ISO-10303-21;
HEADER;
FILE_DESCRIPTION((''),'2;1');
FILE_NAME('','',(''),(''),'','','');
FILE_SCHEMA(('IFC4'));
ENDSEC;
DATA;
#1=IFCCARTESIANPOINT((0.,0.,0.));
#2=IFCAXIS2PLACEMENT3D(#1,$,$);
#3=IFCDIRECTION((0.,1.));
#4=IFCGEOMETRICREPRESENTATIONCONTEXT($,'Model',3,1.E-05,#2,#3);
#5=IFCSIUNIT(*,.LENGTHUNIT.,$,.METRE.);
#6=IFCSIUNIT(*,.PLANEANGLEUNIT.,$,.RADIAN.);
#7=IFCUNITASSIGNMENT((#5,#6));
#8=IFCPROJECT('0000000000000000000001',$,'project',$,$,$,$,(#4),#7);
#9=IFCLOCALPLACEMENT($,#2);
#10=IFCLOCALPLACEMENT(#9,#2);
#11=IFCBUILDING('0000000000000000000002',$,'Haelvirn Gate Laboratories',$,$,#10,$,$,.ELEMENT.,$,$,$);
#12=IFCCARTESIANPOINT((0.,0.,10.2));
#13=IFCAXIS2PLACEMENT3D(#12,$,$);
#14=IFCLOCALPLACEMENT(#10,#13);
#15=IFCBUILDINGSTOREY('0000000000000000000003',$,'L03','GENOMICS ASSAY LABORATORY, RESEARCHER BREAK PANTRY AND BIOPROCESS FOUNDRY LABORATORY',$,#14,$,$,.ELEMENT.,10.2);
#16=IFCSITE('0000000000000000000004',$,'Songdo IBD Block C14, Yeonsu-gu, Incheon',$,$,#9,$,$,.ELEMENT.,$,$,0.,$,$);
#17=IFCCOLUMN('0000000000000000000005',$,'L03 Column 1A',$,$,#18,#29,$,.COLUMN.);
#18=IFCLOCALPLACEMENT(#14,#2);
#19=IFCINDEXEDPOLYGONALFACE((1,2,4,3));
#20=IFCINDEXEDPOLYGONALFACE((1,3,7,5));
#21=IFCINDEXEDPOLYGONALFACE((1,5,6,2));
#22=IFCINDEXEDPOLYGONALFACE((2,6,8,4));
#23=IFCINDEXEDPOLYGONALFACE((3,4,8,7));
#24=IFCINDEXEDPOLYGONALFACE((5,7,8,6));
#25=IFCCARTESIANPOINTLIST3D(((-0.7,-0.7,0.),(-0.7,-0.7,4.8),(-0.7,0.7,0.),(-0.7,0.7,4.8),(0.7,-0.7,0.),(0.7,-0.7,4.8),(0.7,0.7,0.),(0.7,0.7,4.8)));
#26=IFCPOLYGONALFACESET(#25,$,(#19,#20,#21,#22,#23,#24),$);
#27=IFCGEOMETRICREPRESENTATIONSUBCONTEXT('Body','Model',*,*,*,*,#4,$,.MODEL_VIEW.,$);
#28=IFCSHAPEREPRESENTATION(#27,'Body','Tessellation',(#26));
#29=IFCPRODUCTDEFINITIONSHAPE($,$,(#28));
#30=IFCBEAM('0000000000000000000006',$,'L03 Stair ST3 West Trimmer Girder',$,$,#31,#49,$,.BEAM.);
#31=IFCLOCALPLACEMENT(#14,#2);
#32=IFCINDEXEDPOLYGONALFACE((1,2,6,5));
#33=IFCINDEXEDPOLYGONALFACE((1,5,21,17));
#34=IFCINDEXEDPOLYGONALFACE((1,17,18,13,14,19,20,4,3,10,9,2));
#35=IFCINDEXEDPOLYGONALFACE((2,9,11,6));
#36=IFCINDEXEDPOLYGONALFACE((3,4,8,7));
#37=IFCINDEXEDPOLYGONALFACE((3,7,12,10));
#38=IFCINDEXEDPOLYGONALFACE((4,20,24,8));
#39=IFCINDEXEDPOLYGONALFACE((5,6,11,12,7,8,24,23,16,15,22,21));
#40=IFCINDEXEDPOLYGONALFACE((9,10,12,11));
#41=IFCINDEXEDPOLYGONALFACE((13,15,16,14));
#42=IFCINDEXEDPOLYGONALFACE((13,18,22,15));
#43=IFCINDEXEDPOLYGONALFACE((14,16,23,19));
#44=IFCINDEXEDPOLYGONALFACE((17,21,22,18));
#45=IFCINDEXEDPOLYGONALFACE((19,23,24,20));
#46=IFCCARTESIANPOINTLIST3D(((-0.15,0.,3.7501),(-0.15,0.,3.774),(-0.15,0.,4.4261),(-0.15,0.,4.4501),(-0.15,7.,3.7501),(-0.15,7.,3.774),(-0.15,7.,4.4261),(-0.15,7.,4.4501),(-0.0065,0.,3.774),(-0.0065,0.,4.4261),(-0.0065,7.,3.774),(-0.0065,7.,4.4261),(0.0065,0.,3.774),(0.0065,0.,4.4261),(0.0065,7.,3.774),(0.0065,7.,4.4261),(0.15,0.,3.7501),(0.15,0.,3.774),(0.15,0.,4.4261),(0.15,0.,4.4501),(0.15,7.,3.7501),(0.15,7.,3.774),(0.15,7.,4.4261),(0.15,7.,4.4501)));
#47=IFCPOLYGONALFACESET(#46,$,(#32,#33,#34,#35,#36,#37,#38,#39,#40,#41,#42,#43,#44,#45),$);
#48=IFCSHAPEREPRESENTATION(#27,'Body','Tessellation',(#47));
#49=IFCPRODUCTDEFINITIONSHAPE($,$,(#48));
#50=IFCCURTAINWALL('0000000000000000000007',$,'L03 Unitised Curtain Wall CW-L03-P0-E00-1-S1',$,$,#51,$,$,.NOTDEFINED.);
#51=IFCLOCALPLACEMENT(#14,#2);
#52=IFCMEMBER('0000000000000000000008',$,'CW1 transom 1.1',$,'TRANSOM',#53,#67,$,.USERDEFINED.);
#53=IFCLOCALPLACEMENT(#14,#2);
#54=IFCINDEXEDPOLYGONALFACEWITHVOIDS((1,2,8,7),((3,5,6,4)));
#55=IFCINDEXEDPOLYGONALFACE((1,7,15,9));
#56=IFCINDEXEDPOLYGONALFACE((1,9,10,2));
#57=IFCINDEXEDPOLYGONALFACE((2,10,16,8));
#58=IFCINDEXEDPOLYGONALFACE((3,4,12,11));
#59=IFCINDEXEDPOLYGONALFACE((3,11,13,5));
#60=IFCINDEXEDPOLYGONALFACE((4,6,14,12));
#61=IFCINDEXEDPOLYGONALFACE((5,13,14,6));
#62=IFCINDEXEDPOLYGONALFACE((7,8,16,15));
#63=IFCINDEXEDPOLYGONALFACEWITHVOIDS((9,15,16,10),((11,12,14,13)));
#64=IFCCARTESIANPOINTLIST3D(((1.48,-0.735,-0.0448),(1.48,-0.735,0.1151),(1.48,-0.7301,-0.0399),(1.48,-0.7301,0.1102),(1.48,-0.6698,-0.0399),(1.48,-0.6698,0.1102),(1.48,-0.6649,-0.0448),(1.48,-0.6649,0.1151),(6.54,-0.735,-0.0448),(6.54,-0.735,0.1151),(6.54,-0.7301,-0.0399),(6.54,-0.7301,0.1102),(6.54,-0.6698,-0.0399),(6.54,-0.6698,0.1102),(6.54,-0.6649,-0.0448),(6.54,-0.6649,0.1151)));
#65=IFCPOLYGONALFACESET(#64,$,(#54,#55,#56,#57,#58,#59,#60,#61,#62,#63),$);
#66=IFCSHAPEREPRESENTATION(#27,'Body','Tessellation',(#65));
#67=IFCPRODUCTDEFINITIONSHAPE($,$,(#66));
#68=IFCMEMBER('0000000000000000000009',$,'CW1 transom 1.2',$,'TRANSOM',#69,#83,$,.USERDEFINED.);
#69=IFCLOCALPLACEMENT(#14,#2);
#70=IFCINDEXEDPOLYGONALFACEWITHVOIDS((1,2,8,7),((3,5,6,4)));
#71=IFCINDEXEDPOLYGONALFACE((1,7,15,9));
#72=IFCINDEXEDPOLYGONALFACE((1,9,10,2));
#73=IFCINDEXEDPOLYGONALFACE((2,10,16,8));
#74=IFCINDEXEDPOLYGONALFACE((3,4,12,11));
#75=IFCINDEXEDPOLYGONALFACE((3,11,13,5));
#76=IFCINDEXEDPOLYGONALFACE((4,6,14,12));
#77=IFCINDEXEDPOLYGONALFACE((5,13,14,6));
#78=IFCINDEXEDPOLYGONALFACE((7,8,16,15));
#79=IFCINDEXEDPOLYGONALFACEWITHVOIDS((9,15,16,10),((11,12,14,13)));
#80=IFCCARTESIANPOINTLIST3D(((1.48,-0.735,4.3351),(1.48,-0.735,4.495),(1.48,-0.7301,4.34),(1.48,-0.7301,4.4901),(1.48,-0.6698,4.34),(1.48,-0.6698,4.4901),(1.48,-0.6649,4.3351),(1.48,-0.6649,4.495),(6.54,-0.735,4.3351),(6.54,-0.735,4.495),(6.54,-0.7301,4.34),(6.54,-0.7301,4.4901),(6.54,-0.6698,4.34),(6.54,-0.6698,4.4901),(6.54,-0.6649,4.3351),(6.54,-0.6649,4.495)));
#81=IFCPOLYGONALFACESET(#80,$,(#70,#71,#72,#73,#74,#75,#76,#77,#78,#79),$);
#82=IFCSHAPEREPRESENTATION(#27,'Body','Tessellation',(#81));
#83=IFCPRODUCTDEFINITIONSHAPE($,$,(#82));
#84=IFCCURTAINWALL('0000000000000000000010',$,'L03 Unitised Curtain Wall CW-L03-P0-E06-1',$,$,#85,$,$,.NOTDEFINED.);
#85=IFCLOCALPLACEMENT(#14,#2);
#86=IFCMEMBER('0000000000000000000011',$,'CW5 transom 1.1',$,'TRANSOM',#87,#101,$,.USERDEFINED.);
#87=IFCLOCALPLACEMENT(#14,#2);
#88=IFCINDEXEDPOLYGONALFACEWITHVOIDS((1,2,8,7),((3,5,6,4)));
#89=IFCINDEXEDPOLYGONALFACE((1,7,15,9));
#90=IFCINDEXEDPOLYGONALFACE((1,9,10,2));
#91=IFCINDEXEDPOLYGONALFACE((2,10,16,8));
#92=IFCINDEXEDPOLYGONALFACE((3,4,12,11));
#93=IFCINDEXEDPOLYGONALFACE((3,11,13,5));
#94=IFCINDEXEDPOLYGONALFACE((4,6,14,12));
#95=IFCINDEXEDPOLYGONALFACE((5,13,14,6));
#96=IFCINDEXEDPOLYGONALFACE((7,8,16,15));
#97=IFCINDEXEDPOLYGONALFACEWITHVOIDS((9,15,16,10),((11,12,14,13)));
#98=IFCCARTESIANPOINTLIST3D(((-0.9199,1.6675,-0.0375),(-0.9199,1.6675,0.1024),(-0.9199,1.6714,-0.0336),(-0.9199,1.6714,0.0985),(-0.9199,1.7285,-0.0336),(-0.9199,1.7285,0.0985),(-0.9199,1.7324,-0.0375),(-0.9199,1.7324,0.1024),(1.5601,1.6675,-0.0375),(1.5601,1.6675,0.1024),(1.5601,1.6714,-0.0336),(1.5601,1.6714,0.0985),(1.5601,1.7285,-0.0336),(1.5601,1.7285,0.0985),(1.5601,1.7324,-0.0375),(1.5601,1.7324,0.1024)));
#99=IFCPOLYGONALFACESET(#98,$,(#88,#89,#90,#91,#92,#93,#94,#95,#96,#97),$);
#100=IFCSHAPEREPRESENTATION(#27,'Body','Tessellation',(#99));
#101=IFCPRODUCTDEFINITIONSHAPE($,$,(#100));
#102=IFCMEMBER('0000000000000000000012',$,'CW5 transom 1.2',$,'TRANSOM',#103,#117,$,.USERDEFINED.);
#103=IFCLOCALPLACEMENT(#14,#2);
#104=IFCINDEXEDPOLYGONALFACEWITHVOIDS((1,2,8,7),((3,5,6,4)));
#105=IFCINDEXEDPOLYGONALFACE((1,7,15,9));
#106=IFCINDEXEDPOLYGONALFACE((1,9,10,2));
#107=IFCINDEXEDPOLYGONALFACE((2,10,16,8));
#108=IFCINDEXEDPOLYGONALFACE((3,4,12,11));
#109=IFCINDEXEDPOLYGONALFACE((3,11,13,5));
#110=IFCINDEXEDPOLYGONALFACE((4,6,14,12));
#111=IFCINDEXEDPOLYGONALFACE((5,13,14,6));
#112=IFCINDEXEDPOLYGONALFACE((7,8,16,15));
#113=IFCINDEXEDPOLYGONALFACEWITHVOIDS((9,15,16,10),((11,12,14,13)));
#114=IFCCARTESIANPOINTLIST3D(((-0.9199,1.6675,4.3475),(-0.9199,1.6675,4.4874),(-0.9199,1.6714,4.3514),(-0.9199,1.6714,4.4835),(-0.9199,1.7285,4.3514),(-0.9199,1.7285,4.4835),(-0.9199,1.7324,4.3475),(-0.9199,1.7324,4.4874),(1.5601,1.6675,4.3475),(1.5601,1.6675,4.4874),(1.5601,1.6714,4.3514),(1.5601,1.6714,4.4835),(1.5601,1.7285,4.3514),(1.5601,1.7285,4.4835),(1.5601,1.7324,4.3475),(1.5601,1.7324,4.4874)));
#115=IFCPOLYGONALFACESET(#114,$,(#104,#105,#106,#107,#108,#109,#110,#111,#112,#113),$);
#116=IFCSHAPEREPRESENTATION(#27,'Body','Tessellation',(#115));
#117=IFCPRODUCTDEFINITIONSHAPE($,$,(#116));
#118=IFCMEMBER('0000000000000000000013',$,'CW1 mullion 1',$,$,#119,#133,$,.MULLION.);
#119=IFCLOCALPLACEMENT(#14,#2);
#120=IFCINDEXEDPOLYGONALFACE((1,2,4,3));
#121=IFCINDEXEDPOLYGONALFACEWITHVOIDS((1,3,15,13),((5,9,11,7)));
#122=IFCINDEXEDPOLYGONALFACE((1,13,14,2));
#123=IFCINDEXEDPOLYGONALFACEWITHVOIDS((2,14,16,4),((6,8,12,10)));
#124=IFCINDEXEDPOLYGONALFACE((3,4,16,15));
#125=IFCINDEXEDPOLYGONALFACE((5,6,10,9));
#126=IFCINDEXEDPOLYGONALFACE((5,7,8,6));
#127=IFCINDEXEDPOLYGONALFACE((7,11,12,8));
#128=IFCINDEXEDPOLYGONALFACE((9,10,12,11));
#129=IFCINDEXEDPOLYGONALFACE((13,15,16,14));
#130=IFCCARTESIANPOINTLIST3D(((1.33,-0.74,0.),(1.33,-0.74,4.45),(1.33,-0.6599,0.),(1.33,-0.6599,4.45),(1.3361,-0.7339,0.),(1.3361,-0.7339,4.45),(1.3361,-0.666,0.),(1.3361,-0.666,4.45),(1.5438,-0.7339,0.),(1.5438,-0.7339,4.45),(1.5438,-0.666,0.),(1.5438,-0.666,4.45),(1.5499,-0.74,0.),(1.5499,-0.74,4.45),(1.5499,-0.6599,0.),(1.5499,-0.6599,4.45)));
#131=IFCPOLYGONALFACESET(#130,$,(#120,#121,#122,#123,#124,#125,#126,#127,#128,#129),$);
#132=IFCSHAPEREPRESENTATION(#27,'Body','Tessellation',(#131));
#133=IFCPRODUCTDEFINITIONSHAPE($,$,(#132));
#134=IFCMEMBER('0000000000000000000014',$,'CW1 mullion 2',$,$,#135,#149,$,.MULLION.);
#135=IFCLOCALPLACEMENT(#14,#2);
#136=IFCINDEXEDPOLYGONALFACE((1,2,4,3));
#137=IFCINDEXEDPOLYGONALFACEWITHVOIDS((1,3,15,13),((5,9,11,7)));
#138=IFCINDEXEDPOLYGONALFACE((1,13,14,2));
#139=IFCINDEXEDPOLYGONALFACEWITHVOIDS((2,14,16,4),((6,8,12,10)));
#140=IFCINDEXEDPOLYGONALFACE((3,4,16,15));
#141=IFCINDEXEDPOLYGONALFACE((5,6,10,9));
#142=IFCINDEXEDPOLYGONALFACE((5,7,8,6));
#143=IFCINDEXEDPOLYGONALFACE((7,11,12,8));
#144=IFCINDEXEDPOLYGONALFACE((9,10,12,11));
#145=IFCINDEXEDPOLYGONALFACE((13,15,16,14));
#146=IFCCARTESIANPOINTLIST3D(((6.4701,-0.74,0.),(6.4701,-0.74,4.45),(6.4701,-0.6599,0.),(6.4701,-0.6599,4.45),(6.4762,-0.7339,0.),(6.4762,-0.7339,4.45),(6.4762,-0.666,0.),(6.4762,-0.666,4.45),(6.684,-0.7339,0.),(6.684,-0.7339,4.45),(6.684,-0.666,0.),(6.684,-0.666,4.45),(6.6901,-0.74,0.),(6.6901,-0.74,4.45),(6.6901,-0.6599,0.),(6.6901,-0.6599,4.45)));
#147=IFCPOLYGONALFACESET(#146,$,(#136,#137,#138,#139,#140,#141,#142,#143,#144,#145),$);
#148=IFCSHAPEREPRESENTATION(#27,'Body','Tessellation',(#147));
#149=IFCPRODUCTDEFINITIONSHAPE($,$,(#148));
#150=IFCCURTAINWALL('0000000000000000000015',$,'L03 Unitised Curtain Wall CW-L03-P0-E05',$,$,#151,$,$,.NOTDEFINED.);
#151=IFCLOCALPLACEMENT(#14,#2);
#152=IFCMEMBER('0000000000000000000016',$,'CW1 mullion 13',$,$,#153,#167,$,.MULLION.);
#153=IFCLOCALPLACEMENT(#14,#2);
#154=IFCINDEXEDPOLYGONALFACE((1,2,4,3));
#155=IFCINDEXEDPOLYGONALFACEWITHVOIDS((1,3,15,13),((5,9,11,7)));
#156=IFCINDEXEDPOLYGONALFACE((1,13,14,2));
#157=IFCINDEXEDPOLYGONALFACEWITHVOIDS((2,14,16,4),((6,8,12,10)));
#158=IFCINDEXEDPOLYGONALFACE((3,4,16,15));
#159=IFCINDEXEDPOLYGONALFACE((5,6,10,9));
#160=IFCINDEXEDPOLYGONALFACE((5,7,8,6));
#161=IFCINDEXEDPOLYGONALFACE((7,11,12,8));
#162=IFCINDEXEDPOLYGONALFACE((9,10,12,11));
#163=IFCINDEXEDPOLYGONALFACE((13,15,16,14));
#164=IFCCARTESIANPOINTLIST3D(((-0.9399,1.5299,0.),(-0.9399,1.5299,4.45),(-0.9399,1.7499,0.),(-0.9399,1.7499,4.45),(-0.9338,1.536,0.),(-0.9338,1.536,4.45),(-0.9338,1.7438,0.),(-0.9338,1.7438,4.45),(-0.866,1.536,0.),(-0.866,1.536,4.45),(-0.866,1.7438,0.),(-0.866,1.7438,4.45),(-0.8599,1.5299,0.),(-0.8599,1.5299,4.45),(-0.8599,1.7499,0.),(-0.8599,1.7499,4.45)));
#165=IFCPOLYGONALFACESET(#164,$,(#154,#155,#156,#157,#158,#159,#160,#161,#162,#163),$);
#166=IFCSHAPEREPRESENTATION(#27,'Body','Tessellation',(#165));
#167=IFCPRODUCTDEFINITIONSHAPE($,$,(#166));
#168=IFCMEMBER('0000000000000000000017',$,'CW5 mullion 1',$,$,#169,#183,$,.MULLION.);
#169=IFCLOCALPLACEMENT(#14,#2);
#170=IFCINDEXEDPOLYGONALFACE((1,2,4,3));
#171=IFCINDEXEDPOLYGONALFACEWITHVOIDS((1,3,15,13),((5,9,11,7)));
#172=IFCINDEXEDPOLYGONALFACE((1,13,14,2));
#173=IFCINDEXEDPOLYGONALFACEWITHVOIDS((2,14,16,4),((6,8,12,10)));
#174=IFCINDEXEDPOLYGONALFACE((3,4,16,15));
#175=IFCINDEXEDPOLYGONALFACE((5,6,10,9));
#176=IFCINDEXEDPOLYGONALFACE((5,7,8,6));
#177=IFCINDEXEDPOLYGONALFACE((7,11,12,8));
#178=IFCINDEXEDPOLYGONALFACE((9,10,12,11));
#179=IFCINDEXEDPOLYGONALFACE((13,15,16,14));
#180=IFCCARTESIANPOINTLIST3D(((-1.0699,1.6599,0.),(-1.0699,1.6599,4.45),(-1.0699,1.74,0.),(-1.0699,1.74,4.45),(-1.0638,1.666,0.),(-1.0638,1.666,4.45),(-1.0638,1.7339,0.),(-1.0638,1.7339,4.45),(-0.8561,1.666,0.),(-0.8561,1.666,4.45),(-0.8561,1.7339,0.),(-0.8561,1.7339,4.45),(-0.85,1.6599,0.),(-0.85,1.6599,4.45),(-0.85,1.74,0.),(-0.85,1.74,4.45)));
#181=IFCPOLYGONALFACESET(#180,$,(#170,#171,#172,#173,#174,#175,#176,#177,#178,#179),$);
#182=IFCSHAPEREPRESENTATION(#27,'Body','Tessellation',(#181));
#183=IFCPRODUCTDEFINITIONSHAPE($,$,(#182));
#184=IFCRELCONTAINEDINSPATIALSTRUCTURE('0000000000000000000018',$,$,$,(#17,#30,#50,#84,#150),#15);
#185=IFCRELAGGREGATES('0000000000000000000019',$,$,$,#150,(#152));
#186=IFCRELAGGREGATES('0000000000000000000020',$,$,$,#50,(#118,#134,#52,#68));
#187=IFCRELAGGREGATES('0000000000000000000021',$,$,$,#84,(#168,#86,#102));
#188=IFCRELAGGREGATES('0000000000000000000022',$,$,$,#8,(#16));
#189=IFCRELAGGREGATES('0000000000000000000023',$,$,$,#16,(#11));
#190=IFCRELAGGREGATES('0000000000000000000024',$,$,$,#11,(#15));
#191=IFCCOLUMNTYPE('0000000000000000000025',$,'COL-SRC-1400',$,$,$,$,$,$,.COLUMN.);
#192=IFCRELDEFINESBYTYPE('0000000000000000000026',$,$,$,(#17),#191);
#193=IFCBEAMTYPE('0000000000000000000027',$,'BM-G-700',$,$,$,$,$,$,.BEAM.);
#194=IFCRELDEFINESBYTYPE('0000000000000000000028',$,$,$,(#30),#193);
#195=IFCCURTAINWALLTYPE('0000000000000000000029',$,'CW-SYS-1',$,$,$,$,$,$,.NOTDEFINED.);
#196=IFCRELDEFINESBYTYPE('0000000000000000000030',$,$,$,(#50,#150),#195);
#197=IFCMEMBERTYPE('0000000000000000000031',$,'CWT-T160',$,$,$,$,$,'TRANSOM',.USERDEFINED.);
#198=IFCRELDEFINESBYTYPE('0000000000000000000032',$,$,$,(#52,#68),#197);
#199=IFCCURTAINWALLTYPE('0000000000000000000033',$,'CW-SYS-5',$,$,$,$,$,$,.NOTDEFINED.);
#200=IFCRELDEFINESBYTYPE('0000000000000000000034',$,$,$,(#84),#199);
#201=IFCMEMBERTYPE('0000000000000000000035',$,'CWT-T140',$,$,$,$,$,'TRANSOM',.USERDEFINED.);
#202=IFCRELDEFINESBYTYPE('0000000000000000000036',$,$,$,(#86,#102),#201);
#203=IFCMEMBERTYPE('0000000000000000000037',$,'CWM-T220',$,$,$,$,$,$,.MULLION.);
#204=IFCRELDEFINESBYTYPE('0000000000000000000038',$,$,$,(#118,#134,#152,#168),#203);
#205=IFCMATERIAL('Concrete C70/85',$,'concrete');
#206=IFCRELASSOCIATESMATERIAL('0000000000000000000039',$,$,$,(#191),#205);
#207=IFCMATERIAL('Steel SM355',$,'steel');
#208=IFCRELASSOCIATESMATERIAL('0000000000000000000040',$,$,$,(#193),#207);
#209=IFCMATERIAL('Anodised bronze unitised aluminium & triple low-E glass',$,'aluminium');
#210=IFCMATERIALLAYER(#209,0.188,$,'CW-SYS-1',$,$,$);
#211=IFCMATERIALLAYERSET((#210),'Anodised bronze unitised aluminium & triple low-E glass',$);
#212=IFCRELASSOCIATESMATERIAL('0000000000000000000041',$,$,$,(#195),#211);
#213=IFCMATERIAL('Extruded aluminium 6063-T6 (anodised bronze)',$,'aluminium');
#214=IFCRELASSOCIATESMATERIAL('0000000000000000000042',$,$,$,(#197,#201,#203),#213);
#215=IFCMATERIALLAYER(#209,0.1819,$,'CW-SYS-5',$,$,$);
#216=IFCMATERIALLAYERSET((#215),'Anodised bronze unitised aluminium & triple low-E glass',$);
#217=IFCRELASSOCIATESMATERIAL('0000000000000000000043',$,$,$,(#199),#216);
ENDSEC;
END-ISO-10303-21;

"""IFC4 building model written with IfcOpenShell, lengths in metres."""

from ifc_helpers import new_model, si_unit, direction, frame, origin, origin_with_axes, origin_2d, place, context, subcontext, project, spatial, rectangle, hollow_rectangle, i_section, extrude, source, transform, mapped, material, layer, layer_set, material_profile, profile_set, type_object, type_shapes, element, aggregate, save


model = new_model("IFC4")

# Units and contexts
model_context = context("Model", 3, precision=1e-05, world=origin(), true_north=direction((0.0, 1.0)))
body_context = subcontext(model_context, "Body", "Model", "MODEL_VIEW")
ifc_project = project(units=[si_unit("LENGTHUNIT", "METRE"), si_unit("PLANEANGLEUNIT", "RADIAN")], contexts=[model_context])

# Site, building, storey
site_placement = place(None, origin())
site = spatial("IfcSite", under=ifc_project, at=site_placement, Name="Songdo IBD Block C14, Yeonsu-gu, Incheon", CompositionType="ELEMENT", RefElevation=0.0)
building_placement = place(site_placement, origin())
building = spatial("IfcBuilding", under=site, at=building_placement, Name="Haelvirn Gate Laboratories", CompositionType="ELEMENT")
storey_placement = place(building_placement, frame((0.0, 0.0, 10.2)))
storey = spatial("IfcBuildingStorey", under=building, at=storey_placement, Name="L03", Description="GENOMICS ASSAY LABORATORY, RESEARCHER BREAK PANTRY AND BIOPROCESS FOUNDRY LABORATORY", CompositionType="ELEMENT", Elevation=10.2)

# Column
ifc_material_1 = material(Name="Concrete C70/85", Category="concrete")
ifc_material_profile_1 = material_profile(ifc_material_1, rectangle(XDim=1.3999, YDim=1.3999, at=origin_2d()), Name="SRC-1400x1400")
ifc_profile_set_1 = profile_set([ifc_material_profile_1], Name="Concrete C70/85")
column_type = type_object("IfcColumnType", Name="COL-SRC-1400", PredefinedType="COLUMN", material=ifc_profile_set_1)
shared_shape_1 = source(origin(), body_context, "Body", "SweptSolid", [
    extrude(rectangle(XDim=1.3999, YDim=1.3999, at=origin_2d()), origin(), (0.0, 0.0, 1.0), 4.8),
])
type_shapes(column_type, [shared_shape_1])
column_placement = place(storey_placement, origin_with_axes())
element("IfcColumn", 1, at=column_placement, inside=storey, type_object=column_type, Name="L03 Column 1A", PredefinedType="COLUMN", context=body_context, shape_type="MappedRepresentation", body=[
    mapped(shared_shape_1, transform((0.0, 0.0, 0.0), scale=1.0)),
])

# Beam
ifc_material_2 = material(Name="Steel SM355", Category="steel")
ifc_material_profile_2 = material_profile(ifc_material_2, i_section(OverallWidth=0.3, OverallDepth=0.7, WebThickness=0.0129, FlangeThickness=0.0239, at=origin_2d()), Name="H-700x300x13x24")
ifc_profile_set_2 = profile_set([ifc_material_profile_2], Name="Steel SM355")
beam_type = type_object("IfcBeamType", Name="BM-G-700", PredefinedType="BEAM", material=ifc_profile_set_2)
shared_shape_2 = source(origin(), body_context, "Body", "SweptSolid", [
    extrude(i_section(OverallWidth=0.3, OverallDepth=0.7, WebThickness=0.0129, FlangeThickness=0.0239, at=origin_2d()), origin(), (0.0, 0.0, 1.0), 7.0),
])
type_shapes(beam_type, [shared_shape_2])
beam_placement = place(storey_placement, frame((0.0, 0.0, 4.1001), z_axis=(0.0, 1.0, 0.0), x_axis=(-1.0, 0.0, 0.0)))
element("IfcBeam", 2, at=beam_placement, inside=storey, type_object=beam_type, Name="L03 Stair ST3 West Trimmer Girder", PredefinedType="BEAM", context=body_context, shape_type="MappedRepresentation", body=[
    mapped(shared_shape_2, transform((0.0, 0.0, 0.0), scale=1.0)),
])

# Curtain walls, members
ifc_material_3 = material(Name="Anodised bronze unitised aluminium & triple low-E glass", Category="aluminium")
ifc_layer_1 = layer(ifc_material_3, 0.188, Name="CW-SYS-1")
ifc_layer_set_1 = layer_set([ifc_layer_1], Name="Anodised bronze unitised aluminium & triple low-E glass")
curtain_wall_type_1 = type_object("IfcCurtainWallType", Name="CW-SYS-1", PredefinedType="NOTDEFINED", material=ifc_layer_set_1)
curtain_wall_1_placement = place(storey_placement, origin())
curtain_wall_1 = element("IfcCurtainWall", 3, at=curtain_wall_1_placement, inside=storey, type_object=curtain_wall_type_1, Name="L03 Unitised Curtain Wall CW-L03-P0-E00-1-S1", PredefinedType="NOTDEFINED")
ifc_material_4 = material(Name="Extruded aluminium 6063-T6 (anodised bronze)", Category="aluminium")
ifc_material_profile_3 = material_profile(ifc_material_4, hollow_rectangle(XDim=0.0701, YDim=0.1599, WallThickness=0.0049, at=origin_2d()), Name="CWT-160x70x5")
ifc_profile_set_3 = profile_set([ifc_material_profile_3], Name="Extruded aluminium 6063-T6 (anodised bronze)")
member_type_1 = type_object("IfcMemberType", Name="CWT-T160", ElementType="TRANSOM", PredefinedType="USERDEFINED", material=ifc_profile_set_3)
shared_shape_3 = source(origin(), body_context, "Body", "SweptSolid", [
    extrude(hollow_rectangle(XDim=0.0701, YDim=0.1599, WallThickness=0.0049, at=origin_2d()), origin(), (0.0, 0.0, 1.0), 5.0601),
])
type_shapes(member_type_1, [shared_shape_3])
member_1_placement = place(storey_placement, frame((1.48, -0.7, 0.0352), z_axis=(1.0, 0.0, 0.0), x_axis=(0.0, 1.0, 0.0)))
member_1 = element("IfcMember", 4, at=member_1_placement, type_object=member_type_1, Name="CW1 transom 1.1", ObjectType="TRANSOM", PredefinedType="USERDEFINED", context=body_context, shape_type="MappedRepresentation", body=[
    mapped(shared_shape_3, transform((0.0, 0.0, 0.0), scale=1.0)),
])
member_2_placement = place(storey_placement, frame((1.48, -0.7, 4.415), z_axis=(1.0, 0.0, 0.0), x_axis=(0.0, 1.0, 0.0)))
member_2 = element("IfcMember", 5, at=member_2_placement, type_object=member_type_1, Name="CW1 transom 1.2", ObjectType="TRANSOM", PredefinedType="USERDEFINED", context=body_context, shape_type="MappedRepresentation", body=[
    mapped(shared_shape_3, transform((0.0, 0.0, 0.0), scale=1.0)),
])
ifc_layer_2 = layer(ifc_material_3, 0.1819, Name="CW-SYS-5")
ifc_layer_set_2 = layer_set([ifc_layer_2], Name="Anodised bronze unitised aluminium & triple low-E glass")
curtain_wall_type_2 = type_object("IfcCurtainWallType", Name="CW-SYS-5", PredefinedType="NOTDEFINED", material=ifc_layer_set_2)
curtain_wall_2_placement = place(storey_placement, origin())
curtain_wall_2 = element("IfcCurtainWall", 6, at=curtain_wall_2_placement, inside=storey, type_object=curtain_wall_type_2, Name="L03 Unitised Curtain Wall CW-L03-P0-E06-1", PredefinedType="NOTDEFINED")
ifc_material_profile_4 = material_profile(ifc_material_4, hollow_rectangle(XDim=0.0649, YDim=0.1399, WallThickness=0.0039, at=origin_2d()), Name="CWT-140x65x4")
ifc_profile_set_4 = profile_set([ifc_material_profile_4], Name="Extruded aluminium 6063-T6 (anodised bronze)")
member_type_2 = type_object("IfcMemberType", Name="CWT-T140", ElementType="TRANSOM", PredefinedType="USERDEFINED", material=ifc_profile_set_4)
shared_shape_4 = source(origin(), body_context, "Body", "SweptSolid", [
    extrude(hollow_rectangle(XDim=0.0649, YDim=0.1399, WallThickness=0.0039, at=origin_2d()), origin(), (0.0, 0.0, 1.0), 2.48),
])
type_shapes(member_type_2, [shared_shape_4])
member_3_placement = place(storey_placement, frame((-0.9199, 1.7, 0.0325), z_axis=(1.0, 0.0, 0.0), x_axis=(0.0, 1.0, 0.0)))
member_3 = element("IfcMember", 7, at=member_3_placement, type_object=member_type_2, Name="CW5 transom 1.1", ObjectType="TRANSOM", PredefinedType="USERDEFINED", context=body_context, shape_type="MappedRepresentation", body=[
    mapped(shared_shape_4, transform((0.0, 0.0, 0.0), scale=1.0)),
])
member_4_placement = place(storey_placement, frame((-0.9199, 1.7, 4.4175), z_axis=(1.0, 0.0, 0.0), x_axis=(0.0, 1.0, 0.0)))
member_4 = element("IfcMember", 8, at=member_4_placement, type_object=member_type_2, Name="CW5 transom 1.2", ObjectType="TRANSOM", PredefinedType="USERDEFINED", context=body_context, shape_type="MappedRepresentation", body=[
    mapped(shared_shape_4, transform((0.0, 0.0, 0.0), scale=1.0)),
])

# Members
ifc_material_profile_5 = material_profile(ifc_material_4, hollow_rectangle(XDim=0.0801, YDim=0.22, WallThickness=0.0061, at=origin_2d()), Name="CWM-220x80x6")
ifc_profile_set_5 = profile_set([ifc_material_profile_5], Name="Extruded aluminium 6063-T6 (anodised bronze)")
member_type_3 = type_object("IfcMemberType", Name="CWM-T220", PredefinedType="MULLION", material=ifc_profile_set_5)
shared_shape_5 = source(origin(), body_context, "Body", "SweptSolid", [
    extrude(hollow_rectangle(XDim=0.0801, YDim=0.22, WallThickness=0.0061, at=origin_2d()), origin(), (0.0, 0.0, 1.0), 4.45),
])
type_shapes(member_type_3, [shared_shape_5])
member_5_placement = place(storey_placement, frame((1.4399, -0.7, 0.0), z_axis=(0.0, 0.0, 1.0), x_axis=(0.0, 1.0, 0.0)))
member_5 = element("IfcMember", 9, at=member_5_placement, type_object=member_type_3, Name="CW1 mullion 1", PredefinedType="MULLION", context=body_context, shape_type="MappedRepresentation", body=[
    mapped(shared_shape_5, transform((0.0, 0.0, 0.0), scale=1.0)),
])
member_6_placement = place(storey_placement, frame((6.5801, -0.7, 0.0), z_axis=(0.0, 0.0, 1.0), x_axis=(0.0, 1.0, 0.0)))
member_6 = element("IfcMember", 10, at=member_6_placement, type_object=member_type_3, Name="CW1 mullion 2", PredefinedType="MULLION", context=body_context, shape_type="MappedRepresentation", body=[
    mapped(shared_shape_5, transform((0.0, 0.0, 0.0), scale=1.0)),
])

# Curtain wall, member
curtain_wall_3_placement = place(storey_placement, origin())
curtain_wall_3 = element("IfcCurtainWall", 11, at=curtain_wall_3_placement, inside=storey, type_object=curtain_wall_type_1, Name="L03 Unitised Curtain Wall CW-L03-P0-E05", PredefinedType="NOTDEFINED")
member_7_placement = place(storey_placement, frame((-0.8999, 1.6399, 0.0), z_axis=(0.0, 0.0, 1.0), x_axis=(1.0, 0.0, 0.0)))
member_7 = element("IfcMember", 12, at=member_7_placement, type_object=member_type_3, Name="CW1 mullion 13", PredefinedType="MULLION", context=body_context, shape_type="MappedRepresentation", body=[
    mapped(shared_shape_5, transform((0.0, 0.0, 0.0), scale=1.0)),
])
aggregate(curtain_wall_3, [member_7])

# Member
member_8_placement = place(storey_placement, frame((-0.96, 1.7, 0.0), z_axis=(0.0, 0.0, 1.0), x_axis=(0.0, 1.0, 0.0)))
member_8 = element("IfcMember", 13, at=member_8_placement, type_object=member_type_3, Name="CW5 mullion 1", PredefinedType="MULLION", context=body_context, shape_type="MappedRepresentation", body=[
    mapped(shared_shape_5, transform((0.0, 0.0, 0.0), scale=1.0)),
])

aggregate(curtain_wall_1, [member_5, member_6, member_1, member_2])
aggregate(curtain_wall_2, [member_8, member_3, member_4])

save(model, "model.ifc")
